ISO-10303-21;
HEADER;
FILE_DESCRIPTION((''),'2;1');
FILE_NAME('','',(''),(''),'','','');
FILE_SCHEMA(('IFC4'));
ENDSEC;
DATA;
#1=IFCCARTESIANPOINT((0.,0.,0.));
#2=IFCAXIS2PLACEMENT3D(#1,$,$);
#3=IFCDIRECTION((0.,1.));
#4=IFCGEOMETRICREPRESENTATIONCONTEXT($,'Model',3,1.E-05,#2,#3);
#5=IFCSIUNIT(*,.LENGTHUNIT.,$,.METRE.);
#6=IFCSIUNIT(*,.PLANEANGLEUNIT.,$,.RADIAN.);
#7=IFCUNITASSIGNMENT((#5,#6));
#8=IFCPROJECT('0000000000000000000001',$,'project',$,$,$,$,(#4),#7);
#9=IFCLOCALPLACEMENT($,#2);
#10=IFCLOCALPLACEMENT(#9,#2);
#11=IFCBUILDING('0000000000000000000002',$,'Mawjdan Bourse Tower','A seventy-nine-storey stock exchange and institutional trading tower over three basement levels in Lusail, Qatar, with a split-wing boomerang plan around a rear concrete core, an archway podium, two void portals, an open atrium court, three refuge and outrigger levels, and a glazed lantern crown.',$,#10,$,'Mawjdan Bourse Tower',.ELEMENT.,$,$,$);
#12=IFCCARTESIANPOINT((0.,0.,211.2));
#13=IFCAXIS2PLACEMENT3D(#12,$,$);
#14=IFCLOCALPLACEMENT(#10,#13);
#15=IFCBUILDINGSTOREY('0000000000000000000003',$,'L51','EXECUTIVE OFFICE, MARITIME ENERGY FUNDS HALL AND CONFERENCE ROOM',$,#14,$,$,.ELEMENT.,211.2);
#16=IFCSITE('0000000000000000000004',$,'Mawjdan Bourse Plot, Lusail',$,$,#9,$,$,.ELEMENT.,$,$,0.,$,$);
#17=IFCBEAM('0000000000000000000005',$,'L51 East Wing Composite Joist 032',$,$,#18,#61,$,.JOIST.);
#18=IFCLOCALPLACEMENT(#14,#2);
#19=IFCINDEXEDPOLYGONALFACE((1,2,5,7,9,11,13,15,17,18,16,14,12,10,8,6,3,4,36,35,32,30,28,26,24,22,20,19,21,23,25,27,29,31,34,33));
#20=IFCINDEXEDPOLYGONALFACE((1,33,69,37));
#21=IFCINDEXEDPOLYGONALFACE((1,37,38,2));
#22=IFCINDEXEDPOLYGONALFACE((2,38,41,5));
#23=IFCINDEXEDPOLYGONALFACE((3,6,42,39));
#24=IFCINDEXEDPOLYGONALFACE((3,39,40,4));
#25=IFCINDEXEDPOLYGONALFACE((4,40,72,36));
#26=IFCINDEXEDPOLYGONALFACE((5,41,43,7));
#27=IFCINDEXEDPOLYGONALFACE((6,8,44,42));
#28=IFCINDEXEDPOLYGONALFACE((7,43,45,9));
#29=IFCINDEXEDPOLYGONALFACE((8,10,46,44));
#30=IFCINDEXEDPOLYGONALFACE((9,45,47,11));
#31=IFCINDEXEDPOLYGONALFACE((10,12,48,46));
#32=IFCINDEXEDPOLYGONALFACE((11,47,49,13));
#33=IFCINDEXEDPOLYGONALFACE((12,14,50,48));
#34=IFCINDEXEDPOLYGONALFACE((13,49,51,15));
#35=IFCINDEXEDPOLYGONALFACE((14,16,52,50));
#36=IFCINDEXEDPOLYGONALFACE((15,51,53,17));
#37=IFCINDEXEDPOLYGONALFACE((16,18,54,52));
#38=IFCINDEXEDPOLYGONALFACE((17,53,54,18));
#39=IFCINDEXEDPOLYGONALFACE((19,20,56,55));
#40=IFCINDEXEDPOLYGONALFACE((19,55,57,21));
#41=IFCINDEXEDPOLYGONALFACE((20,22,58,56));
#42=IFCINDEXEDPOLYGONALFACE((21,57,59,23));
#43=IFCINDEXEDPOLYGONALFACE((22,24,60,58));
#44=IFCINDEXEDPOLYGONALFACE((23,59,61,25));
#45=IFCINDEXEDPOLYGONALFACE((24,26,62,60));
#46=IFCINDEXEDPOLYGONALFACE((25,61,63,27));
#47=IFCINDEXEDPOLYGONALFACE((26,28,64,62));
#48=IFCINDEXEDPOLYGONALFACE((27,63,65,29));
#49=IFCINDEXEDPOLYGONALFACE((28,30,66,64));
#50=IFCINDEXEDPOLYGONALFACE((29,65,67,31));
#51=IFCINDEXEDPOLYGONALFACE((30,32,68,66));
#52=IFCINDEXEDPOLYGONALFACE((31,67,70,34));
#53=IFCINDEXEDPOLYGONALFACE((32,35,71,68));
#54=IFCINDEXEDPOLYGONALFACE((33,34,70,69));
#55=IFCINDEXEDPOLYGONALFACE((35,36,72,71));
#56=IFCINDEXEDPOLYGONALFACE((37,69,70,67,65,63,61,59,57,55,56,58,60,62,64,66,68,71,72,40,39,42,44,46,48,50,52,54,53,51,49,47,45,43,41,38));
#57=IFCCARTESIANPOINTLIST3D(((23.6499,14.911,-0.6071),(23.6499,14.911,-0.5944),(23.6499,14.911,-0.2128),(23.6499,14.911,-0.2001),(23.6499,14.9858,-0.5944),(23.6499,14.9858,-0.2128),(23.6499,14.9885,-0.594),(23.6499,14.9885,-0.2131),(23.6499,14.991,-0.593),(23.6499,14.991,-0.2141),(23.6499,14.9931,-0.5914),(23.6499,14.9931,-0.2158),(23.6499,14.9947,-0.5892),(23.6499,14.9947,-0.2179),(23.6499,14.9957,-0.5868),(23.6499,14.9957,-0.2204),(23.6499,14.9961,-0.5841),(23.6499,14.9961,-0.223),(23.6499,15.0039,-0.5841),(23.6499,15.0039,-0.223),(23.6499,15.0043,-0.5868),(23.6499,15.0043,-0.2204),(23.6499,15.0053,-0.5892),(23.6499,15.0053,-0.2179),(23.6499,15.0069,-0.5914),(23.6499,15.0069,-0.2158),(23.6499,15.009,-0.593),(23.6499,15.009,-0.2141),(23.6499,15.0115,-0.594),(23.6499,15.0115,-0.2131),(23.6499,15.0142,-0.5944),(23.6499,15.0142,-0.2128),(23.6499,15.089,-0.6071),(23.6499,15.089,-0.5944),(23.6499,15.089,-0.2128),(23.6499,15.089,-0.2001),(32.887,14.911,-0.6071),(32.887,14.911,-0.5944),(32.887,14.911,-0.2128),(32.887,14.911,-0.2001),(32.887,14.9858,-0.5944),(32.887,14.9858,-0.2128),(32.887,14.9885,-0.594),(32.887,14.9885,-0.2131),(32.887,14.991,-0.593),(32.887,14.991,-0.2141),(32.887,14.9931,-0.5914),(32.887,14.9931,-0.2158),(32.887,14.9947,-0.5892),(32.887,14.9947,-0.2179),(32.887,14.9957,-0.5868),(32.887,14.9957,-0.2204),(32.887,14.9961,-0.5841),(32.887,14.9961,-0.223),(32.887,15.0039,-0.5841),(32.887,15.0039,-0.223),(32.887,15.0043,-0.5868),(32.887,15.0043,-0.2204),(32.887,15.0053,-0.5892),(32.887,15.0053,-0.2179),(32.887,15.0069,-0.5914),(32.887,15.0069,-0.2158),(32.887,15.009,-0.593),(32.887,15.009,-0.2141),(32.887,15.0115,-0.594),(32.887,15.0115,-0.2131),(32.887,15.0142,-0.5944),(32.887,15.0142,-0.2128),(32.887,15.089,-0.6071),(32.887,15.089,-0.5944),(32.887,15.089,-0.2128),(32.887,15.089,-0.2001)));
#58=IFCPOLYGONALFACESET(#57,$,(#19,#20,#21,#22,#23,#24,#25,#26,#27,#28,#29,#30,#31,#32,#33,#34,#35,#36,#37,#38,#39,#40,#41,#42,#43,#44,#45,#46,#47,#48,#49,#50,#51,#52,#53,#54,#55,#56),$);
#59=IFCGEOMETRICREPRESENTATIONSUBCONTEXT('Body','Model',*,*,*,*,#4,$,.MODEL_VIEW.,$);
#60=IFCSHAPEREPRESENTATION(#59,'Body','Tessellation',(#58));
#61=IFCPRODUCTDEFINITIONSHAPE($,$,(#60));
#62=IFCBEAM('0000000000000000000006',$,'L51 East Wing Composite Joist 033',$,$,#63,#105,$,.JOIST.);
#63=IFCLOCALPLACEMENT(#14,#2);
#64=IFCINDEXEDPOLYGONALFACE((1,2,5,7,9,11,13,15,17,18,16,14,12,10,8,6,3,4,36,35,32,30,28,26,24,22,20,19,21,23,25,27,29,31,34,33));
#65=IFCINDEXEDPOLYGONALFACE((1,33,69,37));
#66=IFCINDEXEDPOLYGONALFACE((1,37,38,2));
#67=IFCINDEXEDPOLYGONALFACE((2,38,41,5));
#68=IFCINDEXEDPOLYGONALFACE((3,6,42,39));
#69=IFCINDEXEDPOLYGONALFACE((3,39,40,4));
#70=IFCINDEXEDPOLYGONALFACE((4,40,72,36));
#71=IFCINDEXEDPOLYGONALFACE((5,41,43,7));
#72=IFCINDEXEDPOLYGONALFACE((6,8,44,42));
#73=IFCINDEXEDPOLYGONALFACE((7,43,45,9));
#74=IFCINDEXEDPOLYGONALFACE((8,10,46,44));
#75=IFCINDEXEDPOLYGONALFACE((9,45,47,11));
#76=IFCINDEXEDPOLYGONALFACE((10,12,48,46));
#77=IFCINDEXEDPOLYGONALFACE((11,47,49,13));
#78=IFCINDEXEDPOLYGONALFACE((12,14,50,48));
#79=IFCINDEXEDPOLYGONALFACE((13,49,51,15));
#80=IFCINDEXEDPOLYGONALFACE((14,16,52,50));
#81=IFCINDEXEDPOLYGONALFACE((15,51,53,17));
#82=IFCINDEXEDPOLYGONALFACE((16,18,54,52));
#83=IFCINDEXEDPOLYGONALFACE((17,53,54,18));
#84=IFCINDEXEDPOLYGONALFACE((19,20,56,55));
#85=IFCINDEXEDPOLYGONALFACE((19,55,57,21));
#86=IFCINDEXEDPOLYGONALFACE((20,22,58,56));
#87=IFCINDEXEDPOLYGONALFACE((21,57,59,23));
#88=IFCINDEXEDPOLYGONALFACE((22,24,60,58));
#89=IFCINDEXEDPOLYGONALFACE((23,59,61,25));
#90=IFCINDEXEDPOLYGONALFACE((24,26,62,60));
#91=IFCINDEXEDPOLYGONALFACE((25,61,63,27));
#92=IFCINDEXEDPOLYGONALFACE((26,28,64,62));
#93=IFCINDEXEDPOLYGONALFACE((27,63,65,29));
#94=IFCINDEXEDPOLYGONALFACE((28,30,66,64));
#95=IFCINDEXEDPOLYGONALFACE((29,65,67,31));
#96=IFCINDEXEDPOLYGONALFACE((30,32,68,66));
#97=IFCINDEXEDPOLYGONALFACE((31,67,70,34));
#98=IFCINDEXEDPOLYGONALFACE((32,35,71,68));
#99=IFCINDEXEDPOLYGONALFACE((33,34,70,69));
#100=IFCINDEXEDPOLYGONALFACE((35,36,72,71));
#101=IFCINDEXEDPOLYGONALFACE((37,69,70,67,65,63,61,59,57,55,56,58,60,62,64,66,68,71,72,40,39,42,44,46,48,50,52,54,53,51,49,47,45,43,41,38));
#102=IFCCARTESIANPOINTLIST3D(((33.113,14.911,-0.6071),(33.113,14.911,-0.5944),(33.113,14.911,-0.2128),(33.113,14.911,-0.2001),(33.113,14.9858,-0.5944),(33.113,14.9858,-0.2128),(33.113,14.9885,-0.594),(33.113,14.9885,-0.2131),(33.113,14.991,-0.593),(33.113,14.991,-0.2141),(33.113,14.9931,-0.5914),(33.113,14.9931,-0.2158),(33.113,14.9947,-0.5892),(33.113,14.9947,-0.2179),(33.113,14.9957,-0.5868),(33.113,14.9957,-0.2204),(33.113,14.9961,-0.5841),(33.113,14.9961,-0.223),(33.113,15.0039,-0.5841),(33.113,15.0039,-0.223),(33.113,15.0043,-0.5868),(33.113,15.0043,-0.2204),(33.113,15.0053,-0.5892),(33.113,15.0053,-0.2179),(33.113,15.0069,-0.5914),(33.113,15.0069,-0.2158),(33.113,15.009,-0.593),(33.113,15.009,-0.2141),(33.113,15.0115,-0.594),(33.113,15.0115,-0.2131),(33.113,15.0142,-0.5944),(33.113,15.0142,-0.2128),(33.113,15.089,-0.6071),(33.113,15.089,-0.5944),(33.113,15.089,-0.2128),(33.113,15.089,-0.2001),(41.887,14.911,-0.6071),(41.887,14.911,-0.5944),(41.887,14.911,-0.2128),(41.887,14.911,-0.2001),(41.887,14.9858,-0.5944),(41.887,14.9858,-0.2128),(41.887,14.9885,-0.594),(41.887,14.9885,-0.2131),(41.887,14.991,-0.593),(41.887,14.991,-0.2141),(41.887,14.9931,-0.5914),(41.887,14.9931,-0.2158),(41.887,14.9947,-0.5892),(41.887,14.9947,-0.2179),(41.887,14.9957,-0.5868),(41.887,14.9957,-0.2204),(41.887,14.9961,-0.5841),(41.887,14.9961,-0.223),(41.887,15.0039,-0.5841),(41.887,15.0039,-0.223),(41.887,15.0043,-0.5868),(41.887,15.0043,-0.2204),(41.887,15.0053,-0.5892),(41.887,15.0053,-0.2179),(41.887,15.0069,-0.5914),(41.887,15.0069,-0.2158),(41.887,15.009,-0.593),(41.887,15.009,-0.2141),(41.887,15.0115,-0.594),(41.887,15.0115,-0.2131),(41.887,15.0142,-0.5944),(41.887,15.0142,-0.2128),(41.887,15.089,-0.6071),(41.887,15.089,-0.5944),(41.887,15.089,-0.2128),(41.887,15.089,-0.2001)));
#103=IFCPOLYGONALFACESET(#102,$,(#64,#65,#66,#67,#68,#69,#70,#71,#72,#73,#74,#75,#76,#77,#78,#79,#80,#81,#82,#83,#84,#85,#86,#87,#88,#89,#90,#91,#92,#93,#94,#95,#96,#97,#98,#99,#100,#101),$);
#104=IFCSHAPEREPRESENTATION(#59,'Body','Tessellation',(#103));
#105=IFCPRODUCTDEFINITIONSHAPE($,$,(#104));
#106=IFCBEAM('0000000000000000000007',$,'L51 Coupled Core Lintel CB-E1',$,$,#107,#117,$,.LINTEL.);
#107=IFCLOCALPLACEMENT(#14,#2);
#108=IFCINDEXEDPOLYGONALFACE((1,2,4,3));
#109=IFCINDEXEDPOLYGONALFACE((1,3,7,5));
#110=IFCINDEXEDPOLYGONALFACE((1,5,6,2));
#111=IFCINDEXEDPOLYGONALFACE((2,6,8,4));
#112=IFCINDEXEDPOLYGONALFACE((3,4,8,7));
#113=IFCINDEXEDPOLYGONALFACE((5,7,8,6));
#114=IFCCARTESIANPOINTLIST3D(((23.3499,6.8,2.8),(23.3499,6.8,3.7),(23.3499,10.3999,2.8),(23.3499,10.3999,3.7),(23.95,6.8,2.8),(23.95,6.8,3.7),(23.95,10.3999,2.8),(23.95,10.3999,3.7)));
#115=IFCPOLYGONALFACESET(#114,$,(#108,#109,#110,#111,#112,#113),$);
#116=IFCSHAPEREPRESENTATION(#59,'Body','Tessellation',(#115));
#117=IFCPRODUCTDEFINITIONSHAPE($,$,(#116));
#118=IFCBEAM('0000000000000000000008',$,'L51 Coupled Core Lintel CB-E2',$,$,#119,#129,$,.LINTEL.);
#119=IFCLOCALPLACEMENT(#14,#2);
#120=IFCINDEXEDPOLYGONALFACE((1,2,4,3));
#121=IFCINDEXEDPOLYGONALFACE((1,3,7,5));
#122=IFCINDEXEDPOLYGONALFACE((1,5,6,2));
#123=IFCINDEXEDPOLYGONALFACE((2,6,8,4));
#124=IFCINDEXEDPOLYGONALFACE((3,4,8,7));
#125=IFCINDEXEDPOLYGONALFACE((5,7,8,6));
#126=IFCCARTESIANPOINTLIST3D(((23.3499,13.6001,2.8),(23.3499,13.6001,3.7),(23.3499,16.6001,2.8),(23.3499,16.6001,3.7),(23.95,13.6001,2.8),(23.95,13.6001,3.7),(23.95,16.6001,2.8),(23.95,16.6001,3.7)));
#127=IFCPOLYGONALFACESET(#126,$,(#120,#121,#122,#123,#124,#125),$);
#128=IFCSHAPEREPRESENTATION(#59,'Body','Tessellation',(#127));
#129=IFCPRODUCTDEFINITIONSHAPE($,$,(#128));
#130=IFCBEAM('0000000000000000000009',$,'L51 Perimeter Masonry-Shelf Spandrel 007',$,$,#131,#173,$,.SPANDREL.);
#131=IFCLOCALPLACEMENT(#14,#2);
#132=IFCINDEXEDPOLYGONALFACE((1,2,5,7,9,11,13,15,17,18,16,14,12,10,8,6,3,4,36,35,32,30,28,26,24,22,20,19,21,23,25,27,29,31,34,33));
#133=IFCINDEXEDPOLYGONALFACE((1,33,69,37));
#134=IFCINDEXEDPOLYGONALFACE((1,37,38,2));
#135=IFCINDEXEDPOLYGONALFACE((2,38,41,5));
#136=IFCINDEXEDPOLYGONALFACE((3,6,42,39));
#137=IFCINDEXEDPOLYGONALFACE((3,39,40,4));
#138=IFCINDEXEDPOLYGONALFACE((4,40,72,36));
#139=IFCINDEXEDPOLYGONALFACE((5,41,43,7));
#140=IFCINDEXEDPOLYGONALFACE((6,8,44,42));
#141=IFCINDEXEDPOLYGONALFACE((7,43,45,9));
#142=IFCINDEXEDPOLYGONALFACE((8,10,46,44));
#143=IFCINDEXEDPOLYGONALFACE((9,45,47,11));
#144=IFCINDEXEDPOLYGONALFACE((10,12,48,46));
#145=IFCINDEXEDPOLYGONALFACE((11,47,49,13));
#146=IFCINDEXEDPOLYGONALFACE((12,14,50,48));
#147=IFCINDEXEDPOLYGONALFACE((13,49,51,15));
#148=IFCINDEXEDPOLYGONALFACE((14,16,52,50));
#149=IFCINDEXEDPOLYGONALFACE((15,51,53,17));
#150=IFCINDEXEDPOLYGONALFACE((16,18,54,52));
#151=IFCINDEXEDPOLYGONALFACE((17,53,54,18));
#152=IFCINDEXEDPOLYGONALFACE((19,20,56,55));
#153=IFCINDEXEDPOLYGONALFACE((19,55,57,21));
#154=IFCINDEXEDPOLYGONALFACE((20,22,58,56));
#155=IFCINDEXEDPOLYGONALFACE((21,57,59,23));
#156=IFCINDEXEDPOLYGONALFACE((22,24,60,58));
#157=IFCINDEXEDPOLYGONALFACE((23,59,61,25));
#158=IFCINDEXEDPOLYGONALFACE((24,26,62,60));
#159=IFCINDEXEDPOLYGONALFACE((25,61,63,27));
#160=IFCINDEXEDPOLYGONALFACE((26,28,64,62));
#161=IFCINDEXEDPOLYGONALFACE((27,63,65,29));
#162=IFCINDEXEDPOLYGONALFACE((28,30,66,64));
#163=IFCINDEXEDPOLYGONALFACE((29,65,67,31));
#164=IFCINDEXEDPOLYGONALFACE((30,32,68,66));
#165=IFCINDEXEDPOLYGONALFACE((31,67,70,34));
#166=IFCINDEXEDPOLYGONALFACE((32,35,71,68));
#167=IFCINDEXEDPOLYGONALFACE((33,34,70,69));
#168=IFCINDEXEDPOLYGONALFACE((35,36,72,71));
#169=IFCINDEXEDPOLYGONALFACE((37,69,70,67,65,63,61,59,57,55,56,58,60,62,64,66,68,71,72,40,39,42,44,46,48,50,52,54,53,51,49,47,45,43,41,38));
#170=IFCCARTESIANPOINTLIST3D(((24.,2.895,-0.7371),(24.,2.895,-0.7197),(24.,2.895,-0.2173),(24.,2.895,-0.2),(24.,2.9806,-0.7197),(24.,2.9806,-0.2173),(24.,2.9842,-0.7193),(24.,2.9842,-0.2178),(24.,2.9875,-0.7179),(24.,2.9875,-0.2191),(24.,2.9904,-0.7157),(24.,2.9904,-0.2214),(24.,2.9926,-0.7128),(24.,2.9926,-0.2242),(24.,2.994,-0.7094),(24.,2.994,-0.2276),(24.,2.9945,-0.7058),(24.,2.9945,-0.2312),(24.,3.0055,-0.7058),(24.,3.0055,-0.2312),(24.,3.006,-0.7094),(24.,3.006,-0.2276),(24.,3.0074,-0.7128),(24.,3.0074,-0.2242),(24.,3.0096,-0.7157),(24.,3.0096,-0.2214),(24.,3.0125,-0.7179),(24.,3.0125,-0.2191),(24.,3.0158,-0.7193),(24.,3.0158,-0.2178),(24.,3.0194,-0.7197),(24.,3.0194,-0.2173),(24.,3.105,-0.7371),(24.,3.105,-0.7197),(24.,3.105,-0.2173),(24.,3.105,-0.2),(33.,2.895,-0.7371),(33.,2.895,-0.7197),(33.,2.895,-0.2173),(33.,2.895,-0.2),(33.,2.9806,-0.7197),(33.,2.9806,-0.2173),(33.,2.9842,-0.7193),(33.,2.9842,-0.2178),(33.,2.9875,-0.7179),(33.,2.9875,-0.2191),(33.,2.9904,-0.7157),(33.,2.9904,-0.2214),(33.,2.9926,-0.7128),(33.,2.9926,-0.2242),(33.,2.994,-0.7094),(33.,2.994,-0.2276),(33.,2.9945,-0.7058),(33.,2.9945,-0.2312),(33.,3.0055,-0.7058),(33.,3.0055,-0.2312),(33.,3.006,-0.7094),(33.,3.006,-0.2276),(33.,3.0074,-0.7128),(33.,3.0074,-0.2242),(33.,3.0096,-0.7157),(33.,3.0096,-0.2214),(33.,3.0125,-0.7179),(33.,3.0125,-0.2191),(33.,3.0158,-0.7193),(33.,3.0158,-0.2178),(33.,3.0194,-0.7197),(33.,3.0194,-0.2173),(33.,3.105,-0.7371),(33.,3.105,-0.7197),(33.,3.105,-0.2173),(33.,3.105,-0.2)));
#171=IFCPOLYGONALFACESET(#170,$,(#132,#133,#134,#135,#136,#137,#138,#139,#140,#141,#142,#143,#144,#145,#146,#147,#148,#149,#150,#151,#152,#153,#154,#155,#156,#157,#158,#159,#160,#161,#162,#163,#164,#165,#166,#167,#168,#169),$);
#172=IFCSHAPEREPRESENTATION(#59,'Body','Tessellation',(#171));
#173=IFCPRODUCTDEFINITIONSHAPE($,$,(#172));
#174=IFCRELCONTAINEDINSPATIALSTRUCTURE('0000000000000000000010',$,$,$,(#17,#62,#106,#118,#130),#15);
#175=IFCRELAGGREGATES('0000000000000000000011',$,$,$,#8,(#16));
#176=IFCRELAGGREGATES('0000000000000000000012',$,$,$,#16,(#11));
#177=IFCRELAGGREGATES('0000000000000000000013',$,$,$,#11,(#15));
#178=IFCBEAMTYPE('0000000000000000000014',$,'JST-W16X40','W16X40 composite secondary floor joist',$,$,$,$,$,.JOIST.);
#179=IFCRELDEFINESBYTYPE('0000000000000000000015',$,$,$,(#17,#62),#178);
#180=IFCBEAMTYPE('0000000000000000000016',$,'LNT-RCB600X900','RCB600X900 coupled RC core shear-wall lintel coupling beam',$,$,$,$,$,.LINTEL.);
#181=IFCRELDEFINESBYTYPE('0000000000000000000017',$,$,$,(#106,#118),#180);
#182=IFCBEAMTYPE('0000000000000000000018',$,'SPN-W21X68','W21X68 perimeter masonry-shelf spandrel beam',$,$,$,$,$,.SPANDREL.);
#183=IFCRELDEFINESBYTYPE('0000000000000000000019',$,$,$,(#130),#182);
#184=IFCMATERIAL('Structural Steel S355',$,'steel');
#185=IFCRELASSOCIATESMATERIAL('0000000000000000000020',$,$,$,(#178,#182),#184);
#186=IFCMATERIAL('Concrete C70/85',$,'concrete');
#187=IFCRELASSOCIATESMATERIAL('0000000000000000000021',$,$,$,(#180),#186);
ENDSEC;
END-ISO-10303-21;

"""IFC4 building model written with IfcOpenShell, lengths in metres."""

from ifc_helpers import new_model, si_unit, direction, frame, origin, origin_2d, place, context, subcontext, project, spatial, rectangle, i_section, extrude, material, material_profile, profile_set, type_object, element, save


model = new_model("IFC4")

# Units and contexts
model_context = context("Model", 3, precision=1e-05, world=origin(), true_north=direction((0.0, 1.0)))
body_context = subcontext(model_context, "Body", "Model", "MODEL_VIEW")
ifc_project = project(units=[si_unit("LENGTHUNIT", "METRE"), si_unit("PLANEANGLEUNIT", "RADIAN")], contexts=[model_context])

# Site, building, storey
site_placement = place(None, origin())
site = spatial("IfcSite", under=ifc_project, at=site_placement, Name="Mawjdan Bourse Plot, Lusail", CompositionType="ELEMENT", RefElevation=0.0)
building_placement = place(site_placement, origin())
building = spatial("IfcBuilding", under=site, at=building_placement, Name="Mawjdan Bourse Tower", Description="A seventy-nine-storey stock exchange and institutional trading tower over three basement levels in Lusail, Qatar, with a split-wing boomerang plan around a rear concrete core, an archway podium, two void portals, an open atrium court, three refuge and outrigger levels, and a glazed lantern crown.", LongName="Mawjdan Bourse Tower", CompositionType="ELEMENT")
storey_placement = place(building_placement, frame((0.0, 0.0, 211.2)))
storey = spatial("IfcBuildingStorey", under=building, at=storey_placement, Name="L51", Description="EXECUTIVE OFFICE, MARITIME ENERGY FUNDS HALL AND CONFERENCE ROOM", CompositionType="ELEMENT", Elevation=211.2)

# Shared definitions
ifc_material_1 = material(Name="Concrete C70/85", Category="concrete")

# Beams
ifc_material_2 = material(Name="Structural Steel S355", Category="steel")
ifc_material_profile_1 = material_profile(ifc_material_2, i_section(OverallWidth=0.178, OverallDepth=0.407, WebThickness=0.0078, FlangeThickness=0.0127, FilletRadius=0.0103, at=origin_2d()), Name="W16X40")
ifc_profile_set_1 = profile_set([ifc_material_profile_1], Name="Structural Steel S355")
beam_type_1 = type_object("IfcBeamType", Name="JST-W16X40", Description="W16X40 composite secondary floor joist", PredefinedType="JOIST", material=ifc_profile_set_1)
beam_1_placement = place(storey_placement, frame((23.6499, 15.0, -0.4036), z_axis=(1.0, 0.0, 0.0), x_axis=(0.0, 1.0, 0.0)))
element("IfcBeam", 1, at=beam_1_placement, inside=storey, type_object=beam_type_1, Name="L51 East Wing Composite Joist 032", PredefinedType="JOIST", context=body_context, shape_type="SweptSolid", body=[
    extrude(i_section(OverallWidth=0.178, OverallDepth=0.407, WebThickness=0.0078, FlangeThickness=0.0127, FilletRadius=0.0103, at=origin_2d()), origin(), (0.0, 0.0, 1.0), 9.2371),
])
beam_2_placement = place(storey_placement, frame((33.113, 15.0, -0.4036), z_axis=(1.0, 0.0, 0.0), x_axis=(0.0, 1.0, 0.0)))
element("IfcBeam", 2, at=beam_2_placement, inside=storey, type_object=beam_type_1, Name="L51 East Wing Composite Joist 033", PredefinedType="JOIST", context=body_context, shape_type="SweptSolid", body=[
    extrude(i_section(OverallWidth=0.178, OverallDepth=0.407, WebThickness=0.0078, FlangeThickness=0.0127, FilletRadius=0.0103, at=origin_2d()), origin(), (0.0, 0.0, 1.0), 8.7739),
])
ifc_material_profile_2 = material_profile(ifc_material_1, rectangle(XDim=0.6001, YDim=0.8999, at=origin_2d()), Name="RCB600X900")
ifc_profile_set_2 = profile_set([ifc_material_profile_2], Name="Concrete C70/85")
beam_type_2 = type_object("IfcBeamType", Name="LNT-RCB600X900", Description="RCB600X900 coupled RC core shear-wall lintel coupling beam", PredefinedType="LINTEL", material=ifc_profile_set_2)
beam_3_placement = place(storey_placement, frame((23.6499, 6.8, 3.25), z_axis=(0.0, 1.0, 0.0), x_axis=(-1.0, 0.0, 0.0)))
element("IfcBeam", 3, at=beam_3_placement, inside=storey, type_object=beam_type_2, Name="L51 Coupled Core Lintel CB-E1", PredefinedType="LINTEL", context=body_context, shape_type="SweptSolid", body=[
    extrude(rectangle(XDim=0.6001, YDim=0.8999, at=origin_2d()), origin(), (0.0, 0.0, 1.0), 3.5999),
])
beam_4_placement = place(storey_placement, frame((23.6499, 13.6001, 3.25), z_axis=(0.0, 1.0, 0.0), x_axis=(-1.0, 0.0, 0.0)))
element("IfcBeam", 4, at=beam_4_placement, inside=storey, type_object=beam_type_2, Name="L51 Coupled Core Lintel CB-E2", PredefinedType="LINTEL", context=body_context, shape_type="SweptSolid", body=[
    extrude(rectangle(XDim=0.6001, YDim=0.8999, at=origin_2d()), origin(), (0.0, 0.0, 1.0), 3.0),
])
ifc_material_profile_3 = material_profile(ifc_material_2, i_section(OverallWidth=0.21, OverallDepth=0.5371, WebThickness=0.011, FlangeThickness=0.0173, FilletRadius=0.0139, at=origin_2d()), Name="W21X68")
ifc_profile_set_3 = profile_set([ifc_material_profile_3], Name="Structural Steel S355")
beam_type_3 = type_object("IfcBeamType", Name="SPN-W21X68", Description="W21X68 perimeter masonry-shelf spandrel beam", PredefinedType="SPANDREL", material=ifc_profile_set_3)
for number, where, z_axis, x_axis, name in (
    (5, (24.0, 3.0, -0.4685), (1.0, 0.0, 0.0), (0.0, 1.0, 0.0), "L51 Perimeter Masonry-Shelf Spandrel 007"),
):
    element("IfcBeam", number, at=place(storey_placement, frame(where, z_axis=z_axis, x_axis=x_axis)), inside=storey, type_object=beam_type_3, Name=name, PredefinedType="SPANDREL", context=body_context, shape_type="SweptSolid", body=[
        extrude(i_section(OverallWidth=0.21, OverallDepth=0.5371, WebThickness=0.011, FlangeThickness=0.0173, FilletRadius=0.0139, at=origin_2d()), origin(), (0.0, 0.0, 1.0), 9.0),
    ])

save(model, "model.ifc")
